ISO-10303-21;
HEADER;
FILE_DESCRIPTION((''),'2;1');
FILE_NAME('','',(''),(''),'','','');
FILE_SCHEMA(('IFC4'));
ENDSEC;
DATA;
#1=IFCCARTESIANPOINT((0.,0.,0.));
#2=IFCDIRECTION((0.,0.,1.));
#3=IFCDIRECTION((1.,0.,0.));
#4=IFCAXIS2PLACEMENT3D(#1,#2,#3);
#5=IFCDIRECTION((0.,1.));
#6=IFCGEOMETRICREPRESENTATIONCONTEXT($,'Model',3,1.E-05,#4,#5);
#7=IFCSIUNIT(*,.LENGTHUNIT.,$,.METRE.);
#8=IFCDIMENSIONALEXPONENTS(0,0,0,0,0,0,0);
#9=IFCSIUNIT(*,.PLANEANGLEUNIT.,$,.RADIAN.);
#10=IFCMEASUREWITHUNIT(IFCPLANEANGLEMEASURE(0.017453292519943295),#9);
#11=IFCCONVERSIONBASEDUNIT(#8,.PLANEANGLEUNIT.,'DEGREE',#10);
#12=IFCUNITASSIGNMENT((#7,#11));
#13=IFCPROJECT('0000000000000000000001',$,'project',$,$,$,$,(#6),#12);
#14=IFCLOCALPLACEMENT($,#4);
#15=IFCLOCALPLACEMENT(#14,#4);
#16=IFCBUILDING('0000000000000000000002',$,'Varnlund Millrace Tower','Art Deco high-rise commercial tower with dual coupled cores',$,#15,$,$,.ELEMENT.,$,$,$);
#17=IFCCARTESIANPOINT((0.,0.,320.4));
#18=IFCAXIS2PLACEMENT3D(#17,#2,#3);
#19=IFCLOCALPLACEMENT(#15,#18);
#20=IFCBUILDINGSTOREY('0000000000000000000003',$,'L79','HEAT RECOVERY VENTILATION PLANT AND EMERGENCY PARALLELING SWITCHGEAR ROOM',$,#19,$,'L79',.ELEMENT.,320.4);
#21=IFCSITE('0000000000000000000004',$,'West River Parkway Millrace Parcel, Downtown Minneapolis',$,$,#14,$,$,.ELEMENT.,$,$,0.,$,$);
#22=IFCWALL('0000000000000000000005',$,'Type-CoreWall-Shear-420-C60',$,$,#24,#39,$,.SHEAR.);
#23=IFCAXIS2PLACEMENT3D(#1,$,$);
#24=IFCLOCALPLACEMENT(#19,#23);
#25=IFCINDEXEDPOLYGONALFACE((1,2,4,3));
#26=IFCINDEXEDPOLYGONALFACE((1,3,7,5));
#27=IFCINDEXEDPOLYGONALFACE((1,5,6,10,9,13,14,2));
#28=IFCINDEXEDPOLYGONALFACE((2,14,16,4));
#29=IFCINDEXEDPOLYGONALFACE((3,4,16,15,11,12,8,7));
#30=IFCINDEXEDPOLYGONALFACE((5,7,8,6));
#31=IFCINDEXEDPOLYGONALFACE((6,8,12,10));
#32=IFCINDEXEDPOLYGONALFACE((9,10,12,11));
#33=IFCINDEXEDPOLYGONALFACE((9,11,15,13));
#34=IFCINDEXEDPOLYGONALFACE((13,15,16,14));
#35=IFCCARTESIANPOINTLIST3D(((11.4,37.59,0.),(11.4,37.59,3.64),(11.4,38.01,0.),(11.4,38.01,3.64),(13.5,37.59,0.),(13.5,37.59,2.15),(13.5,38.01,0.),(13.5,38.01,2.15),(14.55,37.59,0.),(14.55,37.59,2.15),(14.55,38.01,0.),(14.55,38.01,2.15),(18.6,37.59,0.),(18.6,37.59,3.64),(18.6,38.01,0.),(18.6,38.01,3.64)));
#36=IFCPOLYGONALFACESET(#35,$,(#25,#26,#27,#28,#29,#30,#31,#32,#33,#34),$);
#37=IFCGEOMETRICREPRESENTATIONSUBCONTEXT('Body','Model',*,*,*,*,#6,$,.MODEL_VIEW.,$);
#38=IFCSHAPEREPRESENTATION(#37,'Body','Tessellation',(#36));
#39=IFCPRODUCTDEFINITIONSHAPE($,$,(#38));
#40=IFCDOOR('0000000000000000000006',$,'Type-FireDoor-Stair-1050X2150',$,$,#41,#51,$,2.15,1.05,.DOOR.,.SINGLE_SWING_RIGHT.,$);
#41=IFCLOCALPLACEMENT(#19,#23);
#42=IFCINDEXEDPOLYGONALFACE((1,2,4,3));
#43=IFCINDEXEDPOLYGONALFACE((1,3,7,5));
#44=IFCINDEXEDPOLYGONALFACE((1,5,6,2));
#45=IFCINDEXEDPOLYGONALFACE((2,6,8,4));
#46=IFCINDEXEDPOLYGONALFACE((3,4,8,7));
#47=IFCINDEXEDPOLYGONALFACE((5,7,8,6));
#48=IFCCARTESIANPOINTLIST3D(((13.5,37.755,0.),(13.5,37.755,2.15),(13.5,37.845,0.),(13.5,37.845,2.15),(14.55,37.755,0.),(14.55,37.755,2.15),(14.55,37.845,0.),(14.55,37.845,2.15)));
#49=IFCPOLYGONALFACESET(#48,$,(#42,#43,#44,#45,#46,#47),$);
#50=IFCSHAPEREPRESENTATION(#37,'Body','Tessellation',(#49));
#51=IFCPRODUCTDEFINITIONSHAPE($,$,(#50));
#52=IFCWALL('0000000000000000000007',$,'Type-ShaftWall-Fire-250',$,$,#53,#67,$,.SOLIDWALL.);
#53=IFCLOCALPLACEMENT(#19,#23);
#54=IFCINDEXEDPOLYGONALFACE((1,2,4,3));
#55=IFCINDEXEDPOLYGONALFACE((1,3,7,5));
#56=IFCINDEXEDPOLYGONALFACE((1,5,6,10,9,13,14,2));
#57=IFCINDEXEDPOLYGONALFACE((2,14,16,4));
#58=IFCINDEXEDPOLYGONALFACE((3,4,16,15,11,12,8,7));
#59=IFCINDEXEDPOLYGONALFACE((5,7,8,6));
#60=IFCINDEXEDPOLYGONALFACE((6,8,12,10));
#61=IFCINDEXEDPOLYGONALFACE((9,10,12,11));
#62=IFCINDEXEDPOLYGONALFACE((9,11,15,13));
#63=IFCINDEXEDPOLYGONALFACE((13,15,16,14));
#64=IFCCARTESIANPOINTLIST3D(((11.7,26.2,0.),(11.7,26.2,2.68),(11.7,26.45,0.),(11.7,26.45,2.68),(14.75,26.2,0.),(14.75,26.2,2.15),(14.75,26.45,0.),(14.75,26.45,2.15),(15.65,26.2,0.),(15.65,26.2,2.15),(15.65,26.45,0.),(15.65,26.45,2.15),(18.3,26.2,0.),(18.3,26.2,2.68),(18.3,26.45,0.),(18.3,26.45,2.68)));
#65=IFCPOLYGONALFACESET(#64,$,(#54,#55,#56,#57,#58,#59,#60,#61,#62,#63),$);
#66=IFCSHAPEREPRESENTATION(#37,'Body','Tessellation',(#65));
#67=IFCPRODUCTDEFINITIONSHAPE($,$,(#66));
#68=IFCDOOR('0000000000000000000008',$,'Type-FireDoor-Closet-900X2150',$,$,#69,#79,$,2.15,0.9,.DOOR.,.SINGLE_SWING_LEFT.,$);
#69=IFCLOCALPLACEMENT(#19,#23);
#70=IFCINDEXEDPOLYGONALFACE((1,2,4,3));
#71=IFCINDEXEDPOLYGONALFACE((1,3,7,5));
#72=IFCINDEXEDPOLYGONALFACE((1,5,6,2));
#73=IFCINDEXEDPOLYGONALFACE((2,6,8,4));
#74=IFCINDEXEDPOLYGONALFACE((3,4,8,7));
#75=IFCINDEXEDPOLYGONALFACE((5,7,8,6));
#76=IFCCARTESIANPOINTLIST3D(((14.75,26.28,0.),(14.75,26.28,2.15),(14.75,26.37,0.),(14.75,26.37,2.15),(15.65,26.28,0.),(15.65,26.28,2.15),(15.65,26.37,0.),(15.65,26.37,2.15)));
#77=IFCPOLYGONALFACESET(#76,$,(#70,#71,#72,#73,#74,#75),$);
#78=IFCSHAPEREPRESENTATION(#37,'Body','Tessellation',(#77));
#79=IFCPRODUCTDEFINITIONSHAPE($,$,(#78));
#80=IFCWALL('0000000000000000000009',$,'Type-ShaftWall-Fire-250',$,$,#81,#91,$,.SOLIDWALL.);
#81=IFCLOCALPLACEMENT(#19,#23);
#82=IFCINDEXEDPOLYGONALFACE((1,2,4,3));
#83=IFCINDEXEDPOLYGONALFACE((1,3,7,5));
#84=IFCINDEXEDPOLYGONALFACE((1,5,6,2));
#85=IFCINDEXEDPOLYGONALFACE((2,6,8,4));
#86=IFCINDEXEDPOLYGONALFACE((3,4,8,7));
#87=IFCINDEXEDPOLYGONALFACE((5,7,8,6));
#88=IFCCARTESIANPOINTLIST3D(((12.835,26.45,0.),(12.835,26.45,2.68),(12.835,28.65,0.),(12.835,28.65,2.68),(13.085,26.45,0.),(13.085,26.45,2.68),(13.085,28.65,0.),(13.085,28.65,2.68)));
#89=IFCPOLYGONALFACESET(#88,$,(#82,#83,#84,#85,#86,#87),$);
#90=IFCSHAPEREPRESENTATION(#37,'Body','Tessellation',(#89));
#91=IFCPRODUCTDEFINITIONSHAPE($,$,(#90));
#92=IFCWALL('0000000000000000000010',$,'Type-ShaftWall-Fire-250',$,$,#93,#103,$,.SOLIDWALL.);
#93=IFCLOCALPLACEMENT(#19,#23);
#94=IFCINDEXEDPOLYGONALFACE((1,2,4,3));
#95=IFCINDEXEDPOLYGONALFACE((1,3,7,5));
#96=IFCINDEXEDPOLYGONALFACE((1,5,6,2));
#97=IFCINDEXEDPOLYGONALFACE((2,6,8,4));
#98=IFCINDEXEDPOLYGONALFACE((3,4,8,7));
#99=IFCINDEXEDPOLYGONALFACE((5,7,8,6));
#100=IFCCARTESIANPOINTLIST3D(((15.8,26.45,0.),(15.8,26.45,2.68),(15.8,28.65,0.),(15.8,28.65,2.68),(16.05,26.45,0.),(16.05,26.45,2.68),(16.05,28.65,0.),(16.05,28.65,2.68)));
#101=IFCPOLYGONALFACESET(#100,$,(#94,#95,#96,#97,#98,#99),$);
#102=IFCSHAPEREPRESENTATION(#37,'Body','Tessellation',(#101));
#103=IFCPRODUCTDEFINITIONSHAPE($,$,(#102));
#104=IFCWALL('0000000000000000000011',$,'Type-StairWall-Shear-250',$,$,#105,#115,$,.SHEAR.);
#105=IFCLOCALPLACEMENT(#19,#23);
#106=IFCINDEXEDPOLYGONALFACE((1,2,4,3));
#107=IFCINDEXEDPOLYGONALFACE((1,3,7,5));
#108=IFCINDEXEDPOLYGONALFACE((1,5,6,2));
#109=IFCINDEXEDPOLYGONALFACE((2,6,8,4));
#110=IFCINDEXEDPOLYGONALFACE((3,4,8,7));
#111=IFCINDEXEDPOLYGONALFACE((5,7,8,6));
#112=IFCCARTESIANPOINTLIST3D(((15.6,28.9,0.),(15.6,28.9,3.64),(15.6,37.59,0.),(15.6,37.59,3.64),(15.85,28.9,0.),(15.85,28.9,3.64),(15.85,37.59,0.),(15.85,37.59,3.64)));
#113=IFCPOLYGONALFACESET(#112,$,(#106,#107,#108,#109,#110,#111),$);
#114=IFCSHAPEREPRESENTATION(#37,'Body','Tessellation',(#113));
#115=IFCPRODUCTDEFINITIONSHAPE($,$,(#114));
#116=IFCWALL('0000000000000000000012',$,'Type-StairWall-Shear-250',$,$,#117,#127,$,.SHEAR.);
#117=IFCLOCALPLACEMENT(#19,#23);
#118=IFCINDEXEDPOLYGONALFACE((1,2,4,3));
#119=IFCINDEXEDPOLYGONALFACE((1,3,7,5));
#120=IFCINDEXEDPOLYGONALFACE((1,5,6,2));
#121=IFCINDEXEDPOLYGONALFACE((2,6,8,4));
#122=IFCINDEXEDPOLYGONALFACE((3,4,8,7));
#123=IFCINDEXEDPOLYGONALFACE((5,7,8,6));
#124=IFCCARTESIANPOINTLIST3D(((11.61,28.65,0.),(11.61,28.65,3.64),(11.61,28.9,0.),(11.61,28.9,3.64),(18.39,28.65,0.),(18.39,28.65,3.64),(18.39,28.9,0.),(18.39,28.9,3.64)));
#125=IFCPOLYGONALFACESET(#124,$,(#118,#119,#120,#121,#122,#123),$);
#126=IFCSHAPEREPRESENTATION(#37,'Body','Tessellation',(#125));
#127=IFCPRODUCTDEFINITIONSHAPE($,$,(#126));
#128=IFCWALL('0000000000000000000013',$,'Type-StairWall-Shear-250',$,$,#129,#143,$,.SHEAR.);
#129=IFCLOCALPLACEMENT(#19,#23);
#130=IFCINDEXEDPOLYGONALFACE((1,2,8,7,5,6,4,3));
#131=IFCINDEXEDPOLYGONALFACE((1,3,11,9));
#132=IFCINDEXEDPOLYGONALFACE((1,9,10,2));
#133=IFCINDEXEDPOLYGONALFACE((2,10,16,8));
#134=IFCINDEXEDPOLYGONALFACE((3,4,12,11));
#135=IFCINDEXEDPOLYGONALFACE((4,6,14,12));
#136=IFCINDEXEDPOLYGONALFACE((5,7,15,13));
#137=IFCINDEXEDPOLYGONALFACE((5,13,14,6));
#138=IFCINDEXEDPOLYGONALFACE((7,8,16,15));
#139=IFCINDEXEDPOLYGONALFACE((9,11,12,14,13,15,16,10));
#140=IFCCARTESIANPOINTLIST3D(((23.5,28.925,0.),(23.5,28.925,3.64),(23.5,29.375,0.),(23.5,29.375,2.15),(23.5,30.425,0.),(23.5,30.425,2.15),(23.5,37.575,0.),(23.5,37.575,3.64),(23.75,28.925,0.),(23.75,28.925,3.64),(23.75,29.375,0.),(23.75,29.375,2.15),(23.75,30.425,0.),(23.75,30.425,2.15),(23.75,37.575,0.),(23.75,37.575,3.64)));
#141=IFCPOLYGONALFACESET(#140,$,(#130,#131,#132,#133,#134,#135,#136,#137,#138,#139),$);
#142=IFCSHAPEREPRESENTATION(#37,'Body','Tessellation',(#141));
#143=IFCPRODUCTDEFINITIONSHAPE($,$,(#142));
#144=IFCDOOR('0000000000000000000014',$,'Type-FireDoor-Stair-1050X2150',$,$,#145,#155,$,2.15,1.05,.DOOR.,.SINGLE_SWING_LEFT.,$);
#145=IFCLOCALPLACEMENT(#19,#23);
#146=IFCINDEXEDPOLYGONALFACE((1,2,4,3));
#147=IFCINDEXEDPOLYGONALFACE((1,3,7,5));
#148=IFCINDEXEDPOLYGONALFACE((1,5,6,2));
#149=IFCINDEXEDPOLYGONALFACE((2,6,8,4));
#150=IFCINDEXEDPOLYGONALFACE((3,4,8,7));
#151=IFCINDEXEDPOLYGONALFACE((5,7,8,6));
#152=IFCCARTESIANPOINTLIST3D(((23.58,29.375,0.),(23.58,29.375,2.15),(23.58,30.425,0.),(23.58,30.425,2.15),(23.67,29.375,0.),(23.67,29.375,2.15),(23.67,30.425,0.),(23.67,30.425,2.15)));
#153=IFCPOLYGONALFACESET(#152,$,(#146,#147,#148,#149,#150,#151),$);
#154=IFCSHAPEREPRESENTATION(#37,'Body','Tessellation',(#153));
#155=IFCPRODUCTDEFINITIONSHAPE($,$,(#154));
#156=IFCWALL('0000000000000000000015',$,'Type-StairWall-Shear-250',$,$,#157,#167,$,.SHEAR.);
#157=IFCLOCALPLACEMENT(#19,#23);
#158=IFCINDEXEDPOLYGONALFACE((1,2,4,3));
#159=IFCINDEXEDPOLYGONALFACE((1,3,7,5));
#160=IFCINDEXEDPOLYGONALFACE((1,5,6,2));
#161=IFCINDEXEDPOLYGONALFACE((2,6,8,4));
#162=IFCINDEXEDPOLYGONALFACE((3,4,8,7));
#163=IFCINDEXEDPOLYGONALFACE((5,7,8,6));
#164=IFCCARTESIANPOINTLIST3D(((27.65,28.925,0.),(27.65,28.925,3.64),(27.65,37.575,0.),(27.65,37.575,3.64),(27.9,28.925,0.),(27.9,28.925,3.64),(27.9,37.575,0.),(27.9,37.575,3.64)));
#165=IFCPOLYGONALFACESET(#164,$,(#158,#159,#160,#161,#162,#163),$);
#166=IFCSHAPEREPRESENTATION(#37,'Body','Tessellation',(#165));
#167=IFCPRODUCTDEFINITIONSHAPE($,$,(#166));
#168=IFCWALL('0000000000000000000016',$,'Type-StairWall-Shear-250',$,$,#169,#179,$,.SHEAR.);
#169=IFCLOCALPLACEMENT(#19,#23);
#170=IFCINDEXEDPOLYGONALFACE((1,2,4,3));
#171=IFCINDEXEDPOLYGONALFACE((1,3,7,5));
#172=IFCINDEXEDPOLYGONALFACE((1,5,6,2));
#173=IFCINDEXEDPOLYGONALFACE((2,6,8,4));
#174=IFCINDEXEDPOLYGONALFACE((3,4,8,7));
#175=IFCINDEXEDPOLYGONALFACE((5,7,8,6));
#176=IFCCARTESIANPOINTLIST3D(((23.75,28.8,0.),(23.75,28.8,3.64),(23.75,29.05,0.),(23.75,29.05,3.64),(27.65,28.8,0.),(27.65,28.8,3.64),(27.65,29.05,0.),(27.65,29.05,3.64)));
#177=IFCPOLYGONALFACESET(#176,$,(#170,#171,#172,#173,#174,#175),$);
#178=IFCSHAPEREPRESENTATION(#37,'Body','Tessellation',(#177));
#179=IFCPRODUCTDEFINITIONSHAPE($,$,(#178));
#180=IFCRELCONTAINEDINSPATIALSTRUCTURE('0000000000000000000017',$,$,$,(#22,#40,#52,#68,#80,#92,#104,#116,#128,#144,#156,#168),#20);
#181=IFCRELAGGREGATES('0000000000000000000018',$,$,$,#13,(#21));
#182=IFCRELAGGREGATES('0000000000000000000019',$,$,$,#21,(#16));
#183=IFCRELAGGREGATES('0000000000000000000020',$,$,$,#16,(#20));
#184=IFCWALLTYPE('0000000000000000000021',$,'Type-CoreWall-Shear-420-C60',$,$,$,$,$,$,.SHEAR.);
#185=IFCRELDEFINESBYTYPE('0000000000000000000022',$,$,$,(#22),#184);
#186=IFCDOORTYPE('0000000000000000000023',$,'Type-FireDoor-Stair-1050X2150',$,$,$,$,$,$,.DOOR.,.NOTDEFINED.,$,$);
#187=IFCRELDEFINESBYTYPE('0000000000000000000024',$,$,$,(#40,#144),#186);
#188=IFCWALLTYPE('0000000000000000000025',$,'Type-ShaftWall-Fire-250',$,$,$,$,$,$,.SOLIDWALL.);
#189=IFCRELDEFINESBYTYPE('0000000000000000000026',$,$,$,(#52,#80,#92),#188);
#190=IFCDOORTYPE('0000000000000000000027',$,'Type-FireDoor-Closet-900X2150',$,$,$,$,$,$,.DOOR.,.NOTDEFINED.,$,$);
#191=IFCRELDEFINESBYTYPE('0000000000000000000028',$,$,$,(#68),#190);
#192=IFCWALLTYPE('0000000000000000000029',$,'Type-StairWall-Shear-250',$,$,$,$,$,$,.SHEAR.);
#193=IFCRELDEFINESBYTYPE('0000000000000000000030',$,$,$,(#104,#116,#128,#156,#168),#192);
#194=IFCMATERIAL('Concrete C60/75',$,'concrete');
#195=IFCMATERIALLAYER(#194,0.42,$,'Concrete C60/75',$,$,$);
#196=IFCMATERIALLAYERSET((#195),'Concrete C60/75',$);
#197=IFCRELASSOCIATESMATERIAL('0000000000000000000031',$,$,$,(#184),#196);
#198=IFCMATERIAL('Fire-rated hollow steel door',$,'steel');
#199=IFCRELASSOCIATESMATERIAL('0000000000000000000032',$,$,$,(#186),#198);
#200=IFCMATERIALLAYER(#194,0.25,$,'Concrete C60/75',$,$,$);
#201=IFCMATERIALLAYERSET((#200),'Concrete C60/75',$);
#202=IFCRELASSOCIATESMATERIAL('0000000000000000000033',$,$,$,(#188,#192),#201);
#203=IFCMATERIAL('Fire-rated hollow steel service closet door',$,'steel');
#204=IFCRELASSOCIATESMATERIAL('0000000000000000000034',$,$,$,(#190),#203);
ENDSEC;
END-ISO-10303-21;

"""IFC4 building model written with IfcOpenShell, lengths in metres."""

from ifc_helpers import new_model, entity, si_unit, converted_unit, direction, frame, origin_with_axes, origin_2d_with_axis, place, context, subcontext, project, spatial, polyline, rectangle, outline, extrude, material, layer, layer_set, type_object, element, fill, save


model = new_model("IFC4")

# Units and contexts
model_context = context("Model", 3, precision=1e-05, world=origin_with_axes(), true_north=direction((0.0, 1.0)))
body_context = subcontext(model_context, "Body", "Model", "MODEL_VIEW")
ifc_project = project(units=[si_unit("LENGTHUNIT", "METRE"), converted_unit("PLANEANGLEUNIT", "DEGREE", entity("IfcPlaneAngleMeasure", 0.017453292519943295), si_unit("PLANEANGLEUNIT", "RADIAN"), dimensions=[0, 0, 0, 0, 0, 0, 0])], contexts=[model_context])

# Site, building, storey
site_placement = place(None, origin_with_axes())
site = spatial("IfcSite", under=ifc_project, at=site_placement, Name="West River Parkway Millrace Parcel, Downtown Minneapolis", CompositionType="ELEMENT", RefElevation=0.0)
building_placement = place(site_placement, origin_with_axes())
building = spatial("IfcBuilding", under=site, at=building_placement, Name="Varnlund Millrace Tower", Description="Art Deco high-rise commercial tower with dual coupled cores", CompositionType="ELEMENT")
storey_placement = place(building_placement, frame((0.0, 0.0, 320.4), z_axis=(0.0, 0.0, 1.0), x_axis=(1.0, 0.0, 0.0)))
storey = spatial("IfcBuildingStorey", under=building, at=storey_placement, Name="L79", Description="HEAT RECOVERY VENTILATION PLANT AND EMERGENCY PARALLELING SWITCHGEAR ROOM", LongName="L79", CompositionType="ELEMENT", Elevation=320.4)

# Walls, openings, doors
ifc_material_1 = material(Name="Concrete C60/75", Category="concrete")
ifc_layer_1 = layer(ifc_material_1, 0.42, Name="Concrete C60/75")
ifc_layer_set_1 = layer_set([ifc_layer_1], Name="Concrete C60/75")
wall_type_1 = type_object("IfcWallType", Name="Type-CoreWall-Shear-420-C60", PredefinedType="SHEAR", material=ifc_layer_set_1)
wall_1_placement = place(storey_placement, frame((11.4, 37.8, 0.0), z_axis=(0.0, 0.0, 1.0), x_axis=(1.0, 0.0, 0.0)))
wall_1 = element("IfcWall", 1, at=wall_1_placement, inside=storey, type_object=wall_type_1, Name="Type-CoreWall-Shear-420-C60", PredefinedType="SHEAR", context=body_context, shape_type="SweptSolid", body=[
    extrude(outline(polyline([(0.0, -0.21), (7.2, -0.21), (7.2, 0.21), (0.0, 0.21), (0.0, -0.21)])), origin_with_axes(), (0.0, 0.0, 1.0), 3.64),
])
opening_1_placement = place(wall_1_placement, frame((2.625, 0.0, 0.0), z_axis=(0.0, 0.0, 1.0), x_axis=(1.0, 0.0, 0.0)))
opening_1 = element("IfcOpeningElement", 2, at=opening_1_placement, cuts=wall_1, PredefinedType="OPENING", context=body_context, shape_type="SweptSolid", body=[
    extrude(rectangle(XDim=1.05, YDim=0.44, at=origin_2d_with_axis()), origin_with_axes(), (0.0, 0.0, 1.0), 2.15),
])
ifc_material_2 = material(Name="Fire-rated hollow steel door", Category="steel")
door_type_1 = type_object("IfcDoorType", Name="Type-FireDoor-Stair-1050X2150", OperationType="NOTDEFINED", PredefinedType="DOOR", material=ifc_material_2)
door_1_placement = place(wall_1_placement, frame((2.625, 0.0, 0.0), z_axis=(0.0, 0.0, 1.0), x_axis=(1.0, 0.0, 0.0)))
door_1 = element("IfcDoor", 3, at=door_1_placement, inside=storey, type_object=door_type_1, Name="Type-FireDoor-Stair-1050X2150", OperationType="SINGLE_SWING_RIGHT", OverallHeight=2.15, OverallWidth=1.05, PredefinedType="DOOR", context=body_context, shape_type="SweptSolid", body=[
    extrude(rectangle(XDim=1.05, YDim=0.09, at=origin_2d_with_axis()), origin_with_axes(), (0.0, 0.0, 1.0), 2.15),
])
fill(opening_1, door_1)
ifc_layer_2 = layer(ifc_material_1, 0.25, Name="Concrete C60/75")
ifc_layer_set_2 = layer_set([ifc_layer_2], Name="Concrete C60/75")
wall_type_2 = type_object("IfcWallType", Name="Type-ShaftWall-Fire-250", PredefinedType="SOLIDWALL", material=ifc_layer_set_2)
wall_2_placement = place(storey_placement, frame((11.7, 26.325, 0.0), z_axis=(0.0, 0.0, 1.0), x_axis=(1.0, 0.0, 0.0)))
wall_2 = element("IfcWall", 4, at=wall_2_placement, inside=storey, type_object=wall_type_2, Name="Type-ShaftWall-Fire-250", PredefinedType="SOLIDWALL", context=body_context, shape_type="SweptSolid", body=[
    extrude(outline(polyline([(0.0, -0.125), (6.6, -0.125), (6.6, 0.125), (0.0, 0.125), (0.0, -0.125)])), origin_with_axes(), (0.0, 0.0, 1.0), 2.68),
])
opening_2_placement = place(wall_2_placement, frame((3.5, 0.0, 0.0), z_axis=(0.0, 0.0, 1.0), x_axis=(1.0, 0.0, 0.0)))
opening_2 = element("IfcOpeningElement", 5, at=opening_2_placement, cuts=wall_2, PredefinedType="OPENING", context=body_context, shape_type="SweptSolid", body=[
    extrude(rectangle(XDim=0.9, YDim=0.27, at=origin_2d_with_axis()), origin_with_axes(), (0.0, 0.0, 1.0), 2.15),
])
ifc_material_3 = material(Name="Fire-rated hollow steel service closet door", Category="steel")
door_type_2 = type_object("IfcDoorType", Name="Type-FireDoor-Closet-900X2150", OperationType="NOTDEFINED", PredefinedType="DOOR", material=ifc_material_3)
door_2_placement = place(wall_2_placement, frame((3.5, 0.0, 0.0), z_axis=(0.0, 0.0, 1.0), x_axis=(1.0, 0.0, 0.0)))
door_2 = element("IfcDoor", 6, at=door_2_placement, inside=storey, type_object=door_type_2, Name="Type-FireDoor-Closet-900X2150", OperationType="SINGLE_SWING_LEFT", OverallHeight=2.15, OverallWidth=0.9, PredefinedType="DOOR", context=body_context, shape_type="SweptSolid", body=[
    extrude(rectangle(XDim=0.9, YDim=0.09, at=origin_2d_with_axis()), origin_with_axes(), (0.0, 0.0, 1.0), 2.15),
])
fill(opening_2, door_2)

# Walls
for number, where, z_axis, x_axis, name in (
    (7, (12.96, 26.45, 0.0), (0.0, 0.0, 1.0), (0.0, 1.0, 0.0), "Type-ShaftWall-Fire-250"),
    (8, (15.925, 26.45, 0.0), (0.0, 0.0, 1.0), (0.0, 1.0, 0.0), "Type-ShaftWall-Fire-250"),
):
    element("IfcWall", number, at=place(storey_placement, frame(where, z_axis=z_axis, x_axis=x_axis)), inside=storey, type_object=wall_type_2, Name=name, PredefinedType="SOLIDWALL", context=body_context, shape_type="SweptSolid", body=[
        extrude(outline(polyline([(0.0, -0.125), (2.2, -0.125), (2.2, 0.125), (0.0, 0.125), (0.0, -0.125)])), origin_with_axes(), (0.0, 0.0, 1.0), 2.68),
    ])
wall_type_3 = type_object("IfcWallType", Name="Type-StairWall-Shear-250", PredefinedType="SHEAR", material=ifc_layer_set_2)
wall_3_placement = place(storey_placement, frame((15.725, 28.9, 0.0), z_axis=(0.0, 0.0, 1.0), x_axis=(0.0, 1.0, 0.0)))
element("IfcWall", 9, at=wall_3_placement, inside=storey, type_object=wall_type_3, Name="Type-StairWall-Shear-250", PredefinedType="SHEAR", context=body_context, shape_type="SweptSolid", body=[
    extrude(outline(polyline([(0.0, -0.125), (8.69, -0.125), (8.69, 0.125), (0.0, 0.125), (0.0, -0.125)])), origin_with_axes(), (0.0, 0.0, 1.0), 3.64),
])
wall_4_placement = place(storey_placement, frame((11.61, 28.775, 0.0), z_axis=(0.0, 0.0, 1.0), x_axis=(1.0, 0.0, 0.0)))
element("IfcWall", 10, at=wall_4_placement, inside=storey, type_object=wall_type_3, Name="Type-StairWall-Shear-250", PredefinedType="SHEAR", context=body_context, shape_type="SweptSolid", body=[
    extrude(outline(polyline([(0.0, -0.125), (6.78, -0.125), (6.78, 0.125), (0.0, 0.125), (0.0, -0.125)])), origin_with_axes(), (0.0, 0.0, 1.0), 3.64),
])

# Wall, opening, door
wall_5_placement = place(storey_placement, frame((23.625, 28.925, 0.0), z_axis=(0.0, 0.0, 1.0), x_axis=(0.0, 1.0, 0.0)))
wall_5 = element("IfcWall", 11, at=wall_5_placement, inside=storey, type_object=wall_type_3, Name="Type-StairWall-Shear-250", PredefinedType="SHEAR", context=body_context, shape_type="SweptSolid", body=[
    extrude(outline(polyline([(0.0, -0.125), (8.65, -0.125), (8.65, 0.125), (0.0, 0.125), (0.0, -0.125)])), origin_with_axes(), (0.0, 0.0, 1.0), 3.64),
])
opening_3_placement = place(wall_5_placement, frame((0.975, 0.0, 0.0), z_axis=(0.0, 0.0, 1.0), x_axis=(1.0, 0.0, 0.0)))
opening_3 = element("IfcOpeningElement", 12, at=opening_3_placement, cuts=wall_5, PredefinedType="OPENING", context=body_context, shape_type="SweptSolid", body=[
    extrude(rectangle(XDim=1.05, YDim=0.27, at=origin_2d_with_axis()), origin_with_axes(), (0.0, 0.0, 1.0), 2.15),
])
door_3_placement = place(wall_5_placement, frame((0.975, 0.0, 0.0), z_axis=(0.0, 0.0, 1.0), x_axis=(1.0, 0.0, 0.0)))
door_3 = element("IfcDoor", 13, at=door_3_placement, inside=storey, type_object=door_type_1, Name="Type-FireDoor-Stair-1050X2150", OperationType="SINGLE_SWING_LEFT", OverallHeight=2.15, OverallWidth=1.05, PredefinedType="DOOR", context=body_context, shape_type="SweptSolid", body=[
    extrude(rectangle(XDim=1.05, YDim=0.09, at=origin_2d_with_axis()), origin_with_axes(), (0.0, 0.0, 1.0), 2.15),
])
fill(opening_3, door_3)

# Walls
wall_6_placement = place(storey_placement, frame((27.775, 28.925, 0.0), z_axis=(0.0, 0.0, 1.0), x_axis=(0.0, 1.0, 0.0)))
element("IfcWall", 14, at=wall_6_placement, inside=storey, type_object=wall_type_3, Name="Type-StairWall-Shear-250", PredefinedType="SHEAR", context=body_context, shape_type="SweptSolid", body=[
    extrude(outline(polyline([(0.0, -0.125), (8.65, -0.125), (8.65, 0.125), (0.0, 0.125), (0.0, -0.125)])), origin_with_axes(), (0.0, 0.0, 1.0), 3.64),
])
wall_7_placement = place(storey_placement, frame((23.75, 28.925, 0.0), z_axis=(0.0, 0.0, 1.0), x_axis=(1.0, 0.0, 0.0)))
element("IfcWall", 15, at=wall_7_placement, inside=storey, type_object=wall_type_3, Name="Type-StairWall-Shear-250", PredefinedType="SHEAR", context=body_context, shape_type="SweptSolid", body=[
    extrude(outline(polyline([(0.0, -0.125), (3.9, -0.125), (3.9, 0.125), (0.0, 0.125), (0.0, -0.125)])), origin_with_axes(), (0.0, 0.0, 1.0), 3.64),
])

save(model, "model.ifc")
